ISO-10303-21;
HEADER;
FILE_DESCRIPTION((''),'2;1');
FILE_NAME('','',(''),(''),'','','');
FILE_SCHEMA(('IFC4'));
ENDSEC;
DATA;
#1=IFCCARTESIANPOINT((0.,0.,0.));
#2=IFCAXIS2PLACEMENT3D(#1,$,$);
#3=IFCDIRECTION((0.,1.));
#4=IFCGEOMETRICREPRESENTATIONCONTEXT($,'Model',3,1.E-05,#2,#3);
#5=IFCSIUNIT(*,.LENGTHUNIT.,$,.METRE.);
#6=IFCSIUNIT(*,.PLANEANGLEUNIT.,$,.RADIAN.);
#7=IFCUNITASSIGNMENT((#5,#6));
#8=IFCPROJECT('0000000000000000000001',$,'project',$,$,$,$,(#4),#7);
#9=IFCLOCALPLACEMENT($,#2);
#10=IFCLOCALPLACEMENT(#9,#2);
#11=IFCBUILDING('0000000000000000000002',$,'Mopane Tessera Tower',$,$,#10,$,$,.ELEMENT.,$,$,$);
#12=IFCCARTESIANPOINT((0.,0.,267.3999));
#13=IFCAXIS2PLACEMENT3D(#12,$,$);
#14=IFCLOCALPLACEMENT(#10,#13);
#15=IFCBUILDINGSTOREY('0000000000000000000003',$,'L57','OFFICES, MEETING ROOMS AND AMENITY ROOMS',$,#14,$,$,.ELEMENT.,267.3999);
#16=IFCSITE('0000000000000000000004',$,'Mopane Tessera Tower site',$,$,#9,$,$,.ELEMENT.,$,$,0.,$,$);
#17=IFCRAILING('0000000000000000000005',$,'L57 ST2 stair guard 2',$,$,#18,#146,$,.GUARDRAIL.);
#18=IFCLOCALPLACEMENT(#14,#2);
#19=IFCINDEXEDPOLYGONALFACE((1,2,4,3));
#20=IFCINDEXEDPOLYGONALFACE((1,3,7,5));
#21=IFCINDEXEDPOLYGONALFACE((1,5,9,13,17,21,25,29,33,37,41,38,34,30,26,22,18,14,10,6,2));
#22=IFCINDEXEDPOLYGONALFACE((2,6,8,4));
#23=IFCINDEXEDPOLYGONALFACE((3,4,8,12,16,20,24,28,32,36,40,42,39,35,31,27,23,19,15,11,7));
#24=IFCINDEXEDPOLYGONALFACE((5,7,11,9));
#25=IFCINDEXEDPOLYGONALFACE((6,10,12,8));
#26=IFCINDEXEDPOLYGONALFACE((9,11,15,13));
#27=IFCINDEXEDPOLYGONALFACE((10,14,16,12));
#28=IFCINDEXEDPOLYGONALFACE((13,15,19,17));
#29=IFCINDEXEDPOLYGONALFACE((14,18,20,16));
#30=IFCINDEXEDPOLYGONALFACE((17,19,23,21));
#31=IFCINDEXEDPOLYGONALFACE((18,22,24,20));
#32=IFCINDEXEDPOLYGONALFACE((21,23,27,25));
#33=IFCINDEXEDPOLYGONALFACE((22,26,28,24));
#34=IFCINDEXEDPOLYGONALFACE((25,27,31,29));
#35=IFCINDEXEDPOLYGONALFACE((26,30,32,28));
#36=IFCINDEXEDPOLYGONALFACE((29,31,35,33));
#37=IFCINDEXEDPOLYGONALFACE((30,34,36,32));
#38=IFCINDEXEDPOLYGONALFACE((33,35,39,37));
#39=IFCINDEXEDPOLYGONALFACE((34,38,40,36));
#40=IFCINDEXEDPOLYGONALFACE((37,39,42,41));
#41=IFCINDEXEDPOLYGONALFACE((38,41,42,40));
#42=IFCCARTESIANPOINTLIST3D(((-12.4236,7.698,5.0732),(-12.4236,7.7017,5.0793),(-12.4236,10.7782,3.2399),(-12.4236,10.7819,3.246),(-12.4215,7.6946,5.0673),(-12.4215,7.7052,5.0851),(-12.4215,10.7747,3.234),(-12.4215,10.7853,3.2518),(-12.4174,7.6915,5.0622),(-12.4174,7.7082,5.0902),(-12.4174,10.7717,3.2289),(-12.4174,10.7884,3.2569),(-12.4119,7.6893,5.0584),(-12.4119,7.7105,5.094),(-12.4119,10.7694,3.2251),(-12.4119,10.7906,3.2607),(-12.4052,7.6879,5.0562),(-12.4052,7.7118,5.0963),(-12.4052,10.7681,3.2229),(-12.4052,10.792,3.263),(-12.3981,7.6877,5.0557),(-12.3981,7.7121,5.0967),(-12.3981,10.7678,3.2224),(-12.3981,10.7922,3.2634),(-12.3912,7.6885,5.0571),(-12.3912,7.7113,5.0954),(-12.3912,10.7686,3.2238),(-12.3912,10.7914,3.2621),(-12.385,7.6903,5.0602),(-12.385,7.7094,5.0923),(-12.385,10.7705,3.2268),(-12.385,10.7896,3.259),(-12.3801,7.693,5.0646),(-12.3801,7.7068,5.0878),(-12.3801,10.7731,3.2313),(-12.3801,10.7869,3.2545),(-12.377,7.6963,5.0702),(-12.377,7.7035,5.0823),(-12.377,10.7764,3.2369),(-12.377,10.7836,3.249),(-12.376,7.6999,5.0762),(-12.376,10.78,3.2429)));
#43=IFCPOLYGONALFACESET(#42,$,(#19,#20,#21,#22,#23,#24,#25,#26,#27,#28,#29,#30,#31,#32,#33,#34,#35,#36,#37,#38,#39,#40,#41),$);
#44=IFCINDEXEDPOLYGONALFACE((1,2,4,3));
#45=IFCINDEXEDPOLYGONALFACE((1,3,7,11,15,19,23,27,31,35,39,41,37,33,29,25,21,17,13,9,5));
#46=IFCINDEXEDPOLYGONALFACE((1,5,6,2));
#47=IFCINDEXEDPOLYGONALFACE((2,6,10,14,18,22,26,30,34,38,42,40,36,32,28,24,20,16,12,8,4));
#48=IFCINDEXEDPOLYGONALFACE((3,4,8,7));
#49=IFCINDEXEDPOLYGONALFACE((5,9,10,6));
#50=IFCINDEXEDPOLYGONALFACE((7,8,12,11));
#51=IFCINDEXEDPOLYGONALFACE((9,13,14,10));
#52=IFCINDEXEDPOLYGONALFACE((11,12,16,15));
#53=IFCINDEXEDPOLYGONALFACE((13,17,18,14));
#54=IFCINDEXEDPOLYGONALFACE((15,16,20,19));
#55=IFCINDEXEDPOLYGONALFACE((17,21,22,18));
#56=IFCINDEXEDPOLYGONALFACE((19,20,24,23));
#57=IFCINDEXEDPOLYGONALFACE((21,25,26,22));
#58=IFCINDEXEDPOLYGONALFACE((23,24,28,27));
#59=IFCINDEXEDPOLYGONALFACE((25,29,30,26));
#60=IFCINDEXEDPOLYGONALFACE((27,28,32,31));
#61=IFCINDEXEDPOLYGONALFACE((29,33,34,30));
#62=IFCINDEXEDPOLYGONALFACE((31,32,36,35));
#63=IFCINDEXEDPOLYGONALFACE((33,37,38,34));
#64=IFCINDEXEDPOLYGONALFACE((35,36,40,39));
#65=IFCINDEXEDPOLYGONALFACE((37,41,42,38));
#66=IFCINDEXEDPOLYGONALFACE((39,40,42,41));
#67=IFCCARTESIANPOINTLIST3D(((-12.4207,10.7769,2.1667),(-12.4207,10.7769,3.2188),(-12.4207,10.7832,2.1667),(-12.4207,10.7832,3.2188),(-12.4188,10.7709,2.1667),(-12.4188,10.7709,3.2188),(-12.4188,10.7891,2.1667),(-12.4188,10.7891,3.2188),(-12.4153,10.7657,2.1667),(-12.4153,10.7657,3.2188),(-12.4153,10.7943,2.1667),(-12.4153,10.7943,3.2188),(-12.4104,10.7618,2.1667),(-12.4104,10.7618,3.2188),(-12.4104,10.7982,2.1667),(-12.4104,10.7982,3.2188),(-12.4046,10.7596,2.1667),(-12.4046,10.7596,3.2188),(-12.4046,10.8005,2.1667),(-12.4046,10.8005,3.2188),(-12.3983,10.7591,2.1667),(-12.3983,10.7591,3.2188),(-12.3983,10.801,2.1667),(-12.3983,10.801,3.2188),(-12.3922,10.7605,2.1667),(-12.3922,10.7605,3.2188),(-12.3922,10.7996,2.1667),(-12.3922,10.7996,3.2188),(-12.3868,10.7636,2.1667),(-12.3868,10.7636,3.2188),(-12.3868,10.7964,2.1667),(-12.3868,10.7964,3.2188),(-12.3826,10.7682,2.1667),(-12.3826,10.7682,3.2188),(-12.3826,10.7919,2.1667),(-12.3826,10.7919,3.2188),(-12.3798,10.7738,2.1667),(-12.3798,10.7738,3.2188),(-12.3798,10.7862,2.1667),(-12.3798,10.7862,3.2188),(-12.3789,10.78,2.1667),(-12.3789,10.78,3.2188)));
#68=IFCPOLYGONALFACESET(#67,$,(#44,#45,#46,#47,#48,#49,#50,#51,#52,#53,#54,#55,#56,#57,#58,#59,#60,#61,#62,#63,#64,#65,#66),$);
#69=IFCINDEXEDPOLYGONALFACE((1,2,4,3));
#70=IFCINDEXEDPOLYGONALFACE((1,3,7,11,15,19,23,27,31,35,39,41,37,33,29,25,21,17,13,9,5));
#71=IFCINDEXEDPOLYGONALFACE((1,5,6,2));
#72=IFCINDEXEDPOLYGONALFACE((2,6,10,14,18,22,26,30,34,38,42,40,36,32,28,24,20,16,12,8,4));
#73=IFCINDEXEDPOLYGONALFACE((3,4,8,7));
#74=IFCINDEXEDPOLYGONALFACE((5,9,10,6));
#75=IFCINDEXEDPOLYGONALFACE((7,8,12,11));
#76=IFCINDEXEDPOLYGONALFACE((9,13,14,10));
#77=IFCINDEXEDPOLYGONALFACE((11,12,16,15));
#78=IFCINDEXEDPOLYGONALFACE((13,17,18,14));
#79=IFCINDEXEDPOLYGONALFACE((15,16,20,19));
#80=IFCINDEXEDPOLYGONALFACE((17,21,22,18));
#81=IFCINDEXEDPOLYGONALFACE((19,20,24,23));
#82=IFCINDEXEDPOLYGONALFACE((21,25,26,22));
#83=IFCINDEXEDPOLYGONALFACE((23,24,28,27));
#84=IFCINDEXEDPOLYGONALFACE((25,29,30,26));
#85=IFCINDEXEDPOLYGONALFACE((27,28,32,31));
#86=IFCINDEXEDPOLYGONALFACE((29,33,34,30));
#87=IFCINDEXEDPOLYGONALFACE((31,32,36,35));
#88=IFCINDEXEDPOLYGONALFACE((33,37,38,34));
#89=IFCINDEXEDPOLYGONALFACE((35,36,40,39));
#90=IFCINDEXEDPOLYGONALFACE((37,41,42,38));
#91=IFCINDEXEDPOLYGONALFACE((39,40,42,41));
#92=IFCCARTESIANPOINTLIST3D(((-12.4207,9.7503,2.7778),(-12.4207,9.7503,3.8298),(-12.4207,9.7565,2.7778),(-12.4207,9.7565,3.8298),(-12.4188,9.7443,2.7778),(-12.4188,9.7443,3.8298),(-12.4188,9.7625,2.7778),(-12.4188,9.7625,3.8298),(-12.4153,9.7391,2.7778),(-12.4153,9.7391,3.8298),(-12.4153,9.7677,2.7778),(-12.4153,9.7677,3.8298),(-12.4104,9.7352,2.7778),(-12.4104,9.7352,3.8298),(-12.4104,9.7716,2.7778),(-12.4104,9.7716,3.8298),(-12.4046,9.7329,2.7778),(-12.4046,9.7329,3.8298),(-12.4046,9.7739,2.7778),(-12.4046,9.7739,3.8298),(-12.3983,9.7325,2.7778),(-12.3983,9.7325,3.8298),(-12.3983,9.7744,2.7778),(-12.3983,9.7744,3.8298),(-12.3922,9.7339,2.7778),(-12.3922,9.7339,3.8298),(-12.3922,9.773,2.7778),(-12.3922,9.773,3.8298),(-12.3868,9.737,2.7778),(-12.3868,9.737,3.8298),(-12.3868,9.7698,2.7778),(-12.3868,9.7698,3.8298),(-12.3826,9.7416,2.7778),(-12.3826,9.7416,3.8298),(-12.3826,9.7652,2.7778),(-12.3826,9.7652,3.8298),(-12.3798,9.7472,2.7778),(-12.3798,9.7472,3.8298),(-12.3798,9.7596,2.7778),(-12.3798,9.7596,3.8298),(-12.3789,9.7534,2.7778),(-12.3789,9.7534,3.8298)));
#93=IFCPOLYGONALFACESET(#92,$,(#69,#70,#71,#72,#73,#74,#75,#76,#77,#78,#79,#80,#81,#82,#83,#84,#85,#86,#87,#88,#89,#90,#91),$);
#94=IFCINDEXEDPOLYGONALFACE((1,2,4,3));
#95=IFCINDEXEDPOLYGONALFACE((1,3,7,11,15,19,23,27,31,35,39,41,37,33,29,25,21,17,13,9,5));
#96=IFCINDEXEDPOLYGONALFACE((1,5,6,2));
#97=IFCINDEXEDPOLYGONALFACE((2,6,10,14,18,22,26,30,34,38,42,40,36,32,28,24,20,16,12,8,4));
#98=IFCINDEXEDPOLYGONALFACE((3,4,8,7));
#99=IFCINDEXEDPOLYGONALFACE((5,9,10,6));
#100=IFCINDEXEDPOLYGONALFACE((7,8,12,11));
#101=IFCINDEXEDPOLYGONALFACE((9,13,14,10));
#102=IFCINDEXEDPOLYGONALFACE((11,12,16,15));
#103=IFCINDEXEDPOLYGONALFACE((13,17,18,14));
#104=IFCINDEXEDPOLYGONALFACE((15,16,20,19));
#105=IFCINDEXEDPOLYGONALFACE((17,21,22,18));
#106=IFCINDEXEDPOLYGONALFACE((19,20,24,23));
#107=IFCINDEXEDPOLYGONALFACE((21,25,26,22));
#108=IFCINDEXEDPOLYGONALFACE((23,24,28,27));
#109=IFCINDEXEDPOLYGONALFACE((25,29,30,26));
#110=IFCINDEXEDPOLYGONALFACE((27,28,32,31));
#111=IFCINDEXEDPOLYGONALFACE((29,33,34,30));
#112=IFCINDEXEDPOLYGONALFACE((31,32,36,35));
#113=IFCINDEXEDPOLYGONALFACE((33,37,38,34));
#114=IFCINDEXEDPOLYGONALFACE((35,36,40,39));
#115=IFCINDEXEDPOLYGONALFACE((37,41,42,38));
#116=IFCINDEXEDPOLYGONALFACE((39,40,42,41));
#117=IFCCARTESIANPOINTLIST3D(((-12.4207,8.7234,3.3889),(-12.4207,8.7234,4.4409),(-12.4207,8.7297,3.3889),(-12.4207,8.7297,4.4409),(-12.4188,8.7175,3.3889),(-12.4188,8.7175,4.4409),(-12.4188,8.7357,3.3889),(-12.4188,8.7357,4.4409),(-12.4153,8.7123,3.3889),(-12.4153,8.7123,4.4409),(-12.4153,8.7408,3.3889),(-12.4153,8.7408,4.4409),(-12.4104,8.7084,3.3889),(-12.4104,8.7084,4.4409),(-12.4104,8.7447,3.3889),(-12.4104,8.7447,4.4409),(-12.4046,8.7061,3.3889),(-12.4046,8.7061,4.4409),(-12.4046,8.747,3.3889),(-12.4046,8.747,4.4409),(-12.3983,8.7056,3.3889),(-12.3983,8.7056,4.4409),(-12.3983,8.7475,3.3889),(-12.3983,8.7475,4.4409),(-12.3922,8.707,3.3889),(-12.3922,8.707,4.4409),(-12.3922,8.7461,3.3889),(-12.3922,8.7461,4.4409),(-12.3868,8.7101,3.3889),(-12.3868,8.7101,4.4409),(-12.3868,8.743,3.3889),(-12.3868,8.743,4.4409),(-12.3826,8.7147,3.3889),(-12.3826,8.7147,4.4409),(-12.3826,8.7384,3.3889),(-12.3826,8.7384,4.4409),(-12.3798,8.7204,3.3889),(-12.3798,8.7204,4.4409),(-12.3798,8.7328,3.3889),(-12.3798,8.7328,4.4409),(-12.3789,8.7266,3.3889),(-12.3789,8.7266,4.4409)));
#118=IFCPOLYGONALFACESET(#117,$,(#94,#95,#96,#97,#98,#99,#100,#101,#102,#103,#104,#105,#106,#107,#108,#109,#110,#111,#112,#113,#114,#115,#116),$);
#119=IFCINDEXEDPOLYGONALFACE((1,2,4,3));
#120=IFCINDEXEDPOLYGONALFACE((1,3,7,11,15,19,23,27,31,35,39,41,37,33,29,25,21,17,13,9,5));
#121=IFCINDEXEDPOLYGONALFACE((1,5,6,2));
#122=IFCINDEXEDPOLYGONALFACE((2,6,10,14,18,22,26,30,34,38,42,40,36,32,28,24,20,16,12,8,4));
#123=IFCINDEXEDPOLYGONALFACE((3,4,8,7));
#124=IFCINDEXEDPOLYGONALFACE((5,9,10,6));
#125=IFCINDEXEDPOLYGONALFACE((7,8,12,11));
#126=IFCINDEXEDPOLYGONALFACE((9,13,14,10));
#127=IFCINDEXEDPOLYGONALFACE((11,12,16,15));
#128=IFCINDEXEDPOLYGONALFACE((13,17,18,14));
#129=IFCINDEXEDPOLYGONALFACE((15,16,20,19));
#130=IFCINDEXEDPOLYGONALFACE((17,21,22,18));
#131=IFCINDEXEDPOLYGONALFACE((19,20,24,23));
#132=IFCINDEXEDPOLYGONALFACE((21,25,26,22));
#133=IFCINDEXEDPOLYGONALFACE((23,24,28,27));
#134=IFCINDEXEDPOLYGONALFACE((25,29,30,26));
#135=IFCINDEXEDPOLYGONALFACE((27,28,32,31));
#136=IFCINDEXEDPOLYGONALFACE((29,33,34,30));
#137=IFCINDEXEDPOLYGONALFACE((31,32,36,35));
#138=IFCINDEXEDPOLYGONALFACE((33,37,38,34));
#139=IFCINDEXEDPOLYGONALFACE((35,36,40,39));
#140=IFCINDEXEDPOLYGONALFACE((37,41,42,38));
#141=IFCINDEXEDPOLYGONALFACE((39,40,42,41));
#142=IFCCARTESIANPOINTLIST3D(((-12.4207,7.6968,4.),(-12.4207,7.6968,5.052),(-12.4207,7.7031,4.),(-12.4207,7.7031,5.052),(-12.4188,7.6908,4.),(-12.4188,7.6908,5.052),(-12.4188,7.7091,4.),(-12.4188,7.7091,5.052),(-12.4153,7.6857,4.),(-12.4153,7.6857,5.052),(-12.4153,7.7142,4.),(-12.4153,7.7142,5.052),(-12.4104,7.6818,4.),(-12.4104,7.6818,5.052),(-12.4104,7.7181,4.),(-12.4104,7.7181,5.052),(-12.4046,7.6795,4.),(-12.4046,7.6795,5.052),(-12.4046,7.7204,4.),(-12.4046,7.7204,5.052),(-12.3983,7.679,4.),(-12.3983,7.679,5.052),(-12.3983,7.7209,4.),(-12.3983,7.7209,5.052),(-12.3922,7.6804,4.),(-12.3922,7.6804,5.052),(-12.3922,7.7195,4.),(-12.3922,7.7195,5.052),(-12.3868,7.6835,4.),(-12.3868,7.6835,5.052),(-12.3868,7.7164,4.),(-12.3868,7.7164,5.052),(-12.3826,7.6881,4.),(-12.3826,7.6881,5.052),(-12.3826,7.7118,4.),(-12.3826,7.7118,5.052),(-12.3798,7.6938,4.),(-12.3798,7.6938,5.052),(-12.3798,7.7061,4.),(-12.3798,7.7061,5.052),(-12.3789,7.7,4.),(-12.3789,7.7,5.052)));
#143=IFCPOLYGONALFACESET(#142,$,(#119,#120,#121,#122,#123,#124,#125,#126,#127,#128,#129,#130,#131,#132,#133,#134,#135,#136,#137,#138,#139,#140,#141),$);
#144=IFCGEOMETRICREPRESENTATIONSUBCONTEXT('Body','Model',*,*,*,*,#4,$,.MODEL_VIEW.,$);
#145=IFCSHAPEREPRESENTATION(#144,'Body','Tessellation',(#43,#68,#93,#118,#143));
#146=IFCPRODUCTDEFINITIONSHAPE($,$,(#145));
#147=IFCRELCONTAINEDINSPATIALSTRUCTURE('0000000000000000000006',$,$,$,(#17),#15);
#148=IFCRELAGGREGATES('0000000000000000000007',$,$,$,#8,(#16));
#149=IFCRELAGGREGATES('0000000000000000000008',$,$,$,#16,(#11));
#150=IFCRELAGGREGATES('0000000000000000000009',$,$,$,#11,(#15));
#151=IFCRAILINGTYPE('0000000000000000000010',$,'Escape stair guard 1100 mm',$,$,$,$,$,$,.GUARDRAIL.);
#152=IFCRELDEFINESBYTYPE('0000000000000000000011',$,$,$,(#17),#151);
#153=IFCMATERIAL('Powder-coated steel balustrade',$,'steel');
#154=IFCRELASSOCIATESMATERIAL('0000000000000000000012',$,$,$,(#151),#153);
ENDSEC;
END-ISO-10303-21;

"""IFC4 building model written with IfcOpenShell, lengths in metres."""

from ifc_helpers import new_model, si_unit, direction, frame, origin, origin_2d, place, context, subcontext, project, spatial, circle, extrude, material, type_object, element, save


model = new_model("IFC4")

# Units and contexts
model_context = context("Model", 3, precision=1e-05, world=origin(), true_north=direction((0.0, 1.0)))
body_context = subcontext(model_context, "Body", "Model", "MODEL_VIEW")
ifc_project = project(units=[si_unit("LENGTHUNIT", "METRE"), si_unit("PLANEANGLEUNIT", "RADIAN")], contexts=[model_context])

# Site, building, storey
site_placement = place(None, origin())
site = spatial("IfcSite", under=ifc_project, at=site_placement, Name="Mopane Tessera Tower site", CompositionType="ELEMENT", RefElevation=0.0)
building_placement = place(site_placement, origin())
building = spatial("IfcBuilding", under=site, at=building_placement, Name="Mopane Tessera Tower", CompositionType="ELEMENT")
storey_placement = place(building_placement, frame((0.0, 0.0, 267.3999)))
storey = spatial("IfcBuildingStorey", under=building, at=storey_placement, Name="L57", Description="OFFICES, MEETING ROOMS AND AMENITY ROOMS", CompositionType="ELEMENT", Elevation=267.3999)

# Railing
ifc_material_1 = material(Name="Powder-coated steel balustrade", Category="steel")
railing_type_1 = type_object("IfcRailingType", Name="Escape stair guard 1100 mm", PredefinedType="GUARDRAIL", material=ifc_material_1)
railing_1_placement = place(storey_placement, frame((-12.3999, 10.78, 2.1667)))
element("IfcRailing", 1, at=railing_1_placement, inside=storey, type_object=railing_type_1, Name="L57 ST2 stair guard 2", PredefinedType="GUARDRAIL", context=body_context, shape_type="SweptSolid", body=[
    extrude(circle(Radius=0.0239, at=origin_2d()), frame((0.0, 0.0, 1.0762), z_axis=(0.0, -0.859309, 0.511458), x_axis=(1.0, 0.0, 0.0)), (0.0, 0.0, 1.0), 3.5845),
    extrude(circle(Radius=0.021, at=origin_2d()), origin(), (0.0, 0.0, 1.0), 1.052),
    extrude(circle(Radius=0.021, at=origin_2d()), frame((0.0, -1.0266, 0.6111)), (0.0, 0.0, 1.0), 1.052),
    extrude(circle(Radius=0.021, at=origin_2d()), frame((0.0, -2.0535, 1.2222)), (0.0, 0.0, 1.0), 1.052),
    extrude(circle(Radius=0.021, at=origin_2d()), frame((0.0, -3.0801, 1.8333)), (0.0, 0.0, 1.0), 1.052),
])

save(model, "model.ifc")
